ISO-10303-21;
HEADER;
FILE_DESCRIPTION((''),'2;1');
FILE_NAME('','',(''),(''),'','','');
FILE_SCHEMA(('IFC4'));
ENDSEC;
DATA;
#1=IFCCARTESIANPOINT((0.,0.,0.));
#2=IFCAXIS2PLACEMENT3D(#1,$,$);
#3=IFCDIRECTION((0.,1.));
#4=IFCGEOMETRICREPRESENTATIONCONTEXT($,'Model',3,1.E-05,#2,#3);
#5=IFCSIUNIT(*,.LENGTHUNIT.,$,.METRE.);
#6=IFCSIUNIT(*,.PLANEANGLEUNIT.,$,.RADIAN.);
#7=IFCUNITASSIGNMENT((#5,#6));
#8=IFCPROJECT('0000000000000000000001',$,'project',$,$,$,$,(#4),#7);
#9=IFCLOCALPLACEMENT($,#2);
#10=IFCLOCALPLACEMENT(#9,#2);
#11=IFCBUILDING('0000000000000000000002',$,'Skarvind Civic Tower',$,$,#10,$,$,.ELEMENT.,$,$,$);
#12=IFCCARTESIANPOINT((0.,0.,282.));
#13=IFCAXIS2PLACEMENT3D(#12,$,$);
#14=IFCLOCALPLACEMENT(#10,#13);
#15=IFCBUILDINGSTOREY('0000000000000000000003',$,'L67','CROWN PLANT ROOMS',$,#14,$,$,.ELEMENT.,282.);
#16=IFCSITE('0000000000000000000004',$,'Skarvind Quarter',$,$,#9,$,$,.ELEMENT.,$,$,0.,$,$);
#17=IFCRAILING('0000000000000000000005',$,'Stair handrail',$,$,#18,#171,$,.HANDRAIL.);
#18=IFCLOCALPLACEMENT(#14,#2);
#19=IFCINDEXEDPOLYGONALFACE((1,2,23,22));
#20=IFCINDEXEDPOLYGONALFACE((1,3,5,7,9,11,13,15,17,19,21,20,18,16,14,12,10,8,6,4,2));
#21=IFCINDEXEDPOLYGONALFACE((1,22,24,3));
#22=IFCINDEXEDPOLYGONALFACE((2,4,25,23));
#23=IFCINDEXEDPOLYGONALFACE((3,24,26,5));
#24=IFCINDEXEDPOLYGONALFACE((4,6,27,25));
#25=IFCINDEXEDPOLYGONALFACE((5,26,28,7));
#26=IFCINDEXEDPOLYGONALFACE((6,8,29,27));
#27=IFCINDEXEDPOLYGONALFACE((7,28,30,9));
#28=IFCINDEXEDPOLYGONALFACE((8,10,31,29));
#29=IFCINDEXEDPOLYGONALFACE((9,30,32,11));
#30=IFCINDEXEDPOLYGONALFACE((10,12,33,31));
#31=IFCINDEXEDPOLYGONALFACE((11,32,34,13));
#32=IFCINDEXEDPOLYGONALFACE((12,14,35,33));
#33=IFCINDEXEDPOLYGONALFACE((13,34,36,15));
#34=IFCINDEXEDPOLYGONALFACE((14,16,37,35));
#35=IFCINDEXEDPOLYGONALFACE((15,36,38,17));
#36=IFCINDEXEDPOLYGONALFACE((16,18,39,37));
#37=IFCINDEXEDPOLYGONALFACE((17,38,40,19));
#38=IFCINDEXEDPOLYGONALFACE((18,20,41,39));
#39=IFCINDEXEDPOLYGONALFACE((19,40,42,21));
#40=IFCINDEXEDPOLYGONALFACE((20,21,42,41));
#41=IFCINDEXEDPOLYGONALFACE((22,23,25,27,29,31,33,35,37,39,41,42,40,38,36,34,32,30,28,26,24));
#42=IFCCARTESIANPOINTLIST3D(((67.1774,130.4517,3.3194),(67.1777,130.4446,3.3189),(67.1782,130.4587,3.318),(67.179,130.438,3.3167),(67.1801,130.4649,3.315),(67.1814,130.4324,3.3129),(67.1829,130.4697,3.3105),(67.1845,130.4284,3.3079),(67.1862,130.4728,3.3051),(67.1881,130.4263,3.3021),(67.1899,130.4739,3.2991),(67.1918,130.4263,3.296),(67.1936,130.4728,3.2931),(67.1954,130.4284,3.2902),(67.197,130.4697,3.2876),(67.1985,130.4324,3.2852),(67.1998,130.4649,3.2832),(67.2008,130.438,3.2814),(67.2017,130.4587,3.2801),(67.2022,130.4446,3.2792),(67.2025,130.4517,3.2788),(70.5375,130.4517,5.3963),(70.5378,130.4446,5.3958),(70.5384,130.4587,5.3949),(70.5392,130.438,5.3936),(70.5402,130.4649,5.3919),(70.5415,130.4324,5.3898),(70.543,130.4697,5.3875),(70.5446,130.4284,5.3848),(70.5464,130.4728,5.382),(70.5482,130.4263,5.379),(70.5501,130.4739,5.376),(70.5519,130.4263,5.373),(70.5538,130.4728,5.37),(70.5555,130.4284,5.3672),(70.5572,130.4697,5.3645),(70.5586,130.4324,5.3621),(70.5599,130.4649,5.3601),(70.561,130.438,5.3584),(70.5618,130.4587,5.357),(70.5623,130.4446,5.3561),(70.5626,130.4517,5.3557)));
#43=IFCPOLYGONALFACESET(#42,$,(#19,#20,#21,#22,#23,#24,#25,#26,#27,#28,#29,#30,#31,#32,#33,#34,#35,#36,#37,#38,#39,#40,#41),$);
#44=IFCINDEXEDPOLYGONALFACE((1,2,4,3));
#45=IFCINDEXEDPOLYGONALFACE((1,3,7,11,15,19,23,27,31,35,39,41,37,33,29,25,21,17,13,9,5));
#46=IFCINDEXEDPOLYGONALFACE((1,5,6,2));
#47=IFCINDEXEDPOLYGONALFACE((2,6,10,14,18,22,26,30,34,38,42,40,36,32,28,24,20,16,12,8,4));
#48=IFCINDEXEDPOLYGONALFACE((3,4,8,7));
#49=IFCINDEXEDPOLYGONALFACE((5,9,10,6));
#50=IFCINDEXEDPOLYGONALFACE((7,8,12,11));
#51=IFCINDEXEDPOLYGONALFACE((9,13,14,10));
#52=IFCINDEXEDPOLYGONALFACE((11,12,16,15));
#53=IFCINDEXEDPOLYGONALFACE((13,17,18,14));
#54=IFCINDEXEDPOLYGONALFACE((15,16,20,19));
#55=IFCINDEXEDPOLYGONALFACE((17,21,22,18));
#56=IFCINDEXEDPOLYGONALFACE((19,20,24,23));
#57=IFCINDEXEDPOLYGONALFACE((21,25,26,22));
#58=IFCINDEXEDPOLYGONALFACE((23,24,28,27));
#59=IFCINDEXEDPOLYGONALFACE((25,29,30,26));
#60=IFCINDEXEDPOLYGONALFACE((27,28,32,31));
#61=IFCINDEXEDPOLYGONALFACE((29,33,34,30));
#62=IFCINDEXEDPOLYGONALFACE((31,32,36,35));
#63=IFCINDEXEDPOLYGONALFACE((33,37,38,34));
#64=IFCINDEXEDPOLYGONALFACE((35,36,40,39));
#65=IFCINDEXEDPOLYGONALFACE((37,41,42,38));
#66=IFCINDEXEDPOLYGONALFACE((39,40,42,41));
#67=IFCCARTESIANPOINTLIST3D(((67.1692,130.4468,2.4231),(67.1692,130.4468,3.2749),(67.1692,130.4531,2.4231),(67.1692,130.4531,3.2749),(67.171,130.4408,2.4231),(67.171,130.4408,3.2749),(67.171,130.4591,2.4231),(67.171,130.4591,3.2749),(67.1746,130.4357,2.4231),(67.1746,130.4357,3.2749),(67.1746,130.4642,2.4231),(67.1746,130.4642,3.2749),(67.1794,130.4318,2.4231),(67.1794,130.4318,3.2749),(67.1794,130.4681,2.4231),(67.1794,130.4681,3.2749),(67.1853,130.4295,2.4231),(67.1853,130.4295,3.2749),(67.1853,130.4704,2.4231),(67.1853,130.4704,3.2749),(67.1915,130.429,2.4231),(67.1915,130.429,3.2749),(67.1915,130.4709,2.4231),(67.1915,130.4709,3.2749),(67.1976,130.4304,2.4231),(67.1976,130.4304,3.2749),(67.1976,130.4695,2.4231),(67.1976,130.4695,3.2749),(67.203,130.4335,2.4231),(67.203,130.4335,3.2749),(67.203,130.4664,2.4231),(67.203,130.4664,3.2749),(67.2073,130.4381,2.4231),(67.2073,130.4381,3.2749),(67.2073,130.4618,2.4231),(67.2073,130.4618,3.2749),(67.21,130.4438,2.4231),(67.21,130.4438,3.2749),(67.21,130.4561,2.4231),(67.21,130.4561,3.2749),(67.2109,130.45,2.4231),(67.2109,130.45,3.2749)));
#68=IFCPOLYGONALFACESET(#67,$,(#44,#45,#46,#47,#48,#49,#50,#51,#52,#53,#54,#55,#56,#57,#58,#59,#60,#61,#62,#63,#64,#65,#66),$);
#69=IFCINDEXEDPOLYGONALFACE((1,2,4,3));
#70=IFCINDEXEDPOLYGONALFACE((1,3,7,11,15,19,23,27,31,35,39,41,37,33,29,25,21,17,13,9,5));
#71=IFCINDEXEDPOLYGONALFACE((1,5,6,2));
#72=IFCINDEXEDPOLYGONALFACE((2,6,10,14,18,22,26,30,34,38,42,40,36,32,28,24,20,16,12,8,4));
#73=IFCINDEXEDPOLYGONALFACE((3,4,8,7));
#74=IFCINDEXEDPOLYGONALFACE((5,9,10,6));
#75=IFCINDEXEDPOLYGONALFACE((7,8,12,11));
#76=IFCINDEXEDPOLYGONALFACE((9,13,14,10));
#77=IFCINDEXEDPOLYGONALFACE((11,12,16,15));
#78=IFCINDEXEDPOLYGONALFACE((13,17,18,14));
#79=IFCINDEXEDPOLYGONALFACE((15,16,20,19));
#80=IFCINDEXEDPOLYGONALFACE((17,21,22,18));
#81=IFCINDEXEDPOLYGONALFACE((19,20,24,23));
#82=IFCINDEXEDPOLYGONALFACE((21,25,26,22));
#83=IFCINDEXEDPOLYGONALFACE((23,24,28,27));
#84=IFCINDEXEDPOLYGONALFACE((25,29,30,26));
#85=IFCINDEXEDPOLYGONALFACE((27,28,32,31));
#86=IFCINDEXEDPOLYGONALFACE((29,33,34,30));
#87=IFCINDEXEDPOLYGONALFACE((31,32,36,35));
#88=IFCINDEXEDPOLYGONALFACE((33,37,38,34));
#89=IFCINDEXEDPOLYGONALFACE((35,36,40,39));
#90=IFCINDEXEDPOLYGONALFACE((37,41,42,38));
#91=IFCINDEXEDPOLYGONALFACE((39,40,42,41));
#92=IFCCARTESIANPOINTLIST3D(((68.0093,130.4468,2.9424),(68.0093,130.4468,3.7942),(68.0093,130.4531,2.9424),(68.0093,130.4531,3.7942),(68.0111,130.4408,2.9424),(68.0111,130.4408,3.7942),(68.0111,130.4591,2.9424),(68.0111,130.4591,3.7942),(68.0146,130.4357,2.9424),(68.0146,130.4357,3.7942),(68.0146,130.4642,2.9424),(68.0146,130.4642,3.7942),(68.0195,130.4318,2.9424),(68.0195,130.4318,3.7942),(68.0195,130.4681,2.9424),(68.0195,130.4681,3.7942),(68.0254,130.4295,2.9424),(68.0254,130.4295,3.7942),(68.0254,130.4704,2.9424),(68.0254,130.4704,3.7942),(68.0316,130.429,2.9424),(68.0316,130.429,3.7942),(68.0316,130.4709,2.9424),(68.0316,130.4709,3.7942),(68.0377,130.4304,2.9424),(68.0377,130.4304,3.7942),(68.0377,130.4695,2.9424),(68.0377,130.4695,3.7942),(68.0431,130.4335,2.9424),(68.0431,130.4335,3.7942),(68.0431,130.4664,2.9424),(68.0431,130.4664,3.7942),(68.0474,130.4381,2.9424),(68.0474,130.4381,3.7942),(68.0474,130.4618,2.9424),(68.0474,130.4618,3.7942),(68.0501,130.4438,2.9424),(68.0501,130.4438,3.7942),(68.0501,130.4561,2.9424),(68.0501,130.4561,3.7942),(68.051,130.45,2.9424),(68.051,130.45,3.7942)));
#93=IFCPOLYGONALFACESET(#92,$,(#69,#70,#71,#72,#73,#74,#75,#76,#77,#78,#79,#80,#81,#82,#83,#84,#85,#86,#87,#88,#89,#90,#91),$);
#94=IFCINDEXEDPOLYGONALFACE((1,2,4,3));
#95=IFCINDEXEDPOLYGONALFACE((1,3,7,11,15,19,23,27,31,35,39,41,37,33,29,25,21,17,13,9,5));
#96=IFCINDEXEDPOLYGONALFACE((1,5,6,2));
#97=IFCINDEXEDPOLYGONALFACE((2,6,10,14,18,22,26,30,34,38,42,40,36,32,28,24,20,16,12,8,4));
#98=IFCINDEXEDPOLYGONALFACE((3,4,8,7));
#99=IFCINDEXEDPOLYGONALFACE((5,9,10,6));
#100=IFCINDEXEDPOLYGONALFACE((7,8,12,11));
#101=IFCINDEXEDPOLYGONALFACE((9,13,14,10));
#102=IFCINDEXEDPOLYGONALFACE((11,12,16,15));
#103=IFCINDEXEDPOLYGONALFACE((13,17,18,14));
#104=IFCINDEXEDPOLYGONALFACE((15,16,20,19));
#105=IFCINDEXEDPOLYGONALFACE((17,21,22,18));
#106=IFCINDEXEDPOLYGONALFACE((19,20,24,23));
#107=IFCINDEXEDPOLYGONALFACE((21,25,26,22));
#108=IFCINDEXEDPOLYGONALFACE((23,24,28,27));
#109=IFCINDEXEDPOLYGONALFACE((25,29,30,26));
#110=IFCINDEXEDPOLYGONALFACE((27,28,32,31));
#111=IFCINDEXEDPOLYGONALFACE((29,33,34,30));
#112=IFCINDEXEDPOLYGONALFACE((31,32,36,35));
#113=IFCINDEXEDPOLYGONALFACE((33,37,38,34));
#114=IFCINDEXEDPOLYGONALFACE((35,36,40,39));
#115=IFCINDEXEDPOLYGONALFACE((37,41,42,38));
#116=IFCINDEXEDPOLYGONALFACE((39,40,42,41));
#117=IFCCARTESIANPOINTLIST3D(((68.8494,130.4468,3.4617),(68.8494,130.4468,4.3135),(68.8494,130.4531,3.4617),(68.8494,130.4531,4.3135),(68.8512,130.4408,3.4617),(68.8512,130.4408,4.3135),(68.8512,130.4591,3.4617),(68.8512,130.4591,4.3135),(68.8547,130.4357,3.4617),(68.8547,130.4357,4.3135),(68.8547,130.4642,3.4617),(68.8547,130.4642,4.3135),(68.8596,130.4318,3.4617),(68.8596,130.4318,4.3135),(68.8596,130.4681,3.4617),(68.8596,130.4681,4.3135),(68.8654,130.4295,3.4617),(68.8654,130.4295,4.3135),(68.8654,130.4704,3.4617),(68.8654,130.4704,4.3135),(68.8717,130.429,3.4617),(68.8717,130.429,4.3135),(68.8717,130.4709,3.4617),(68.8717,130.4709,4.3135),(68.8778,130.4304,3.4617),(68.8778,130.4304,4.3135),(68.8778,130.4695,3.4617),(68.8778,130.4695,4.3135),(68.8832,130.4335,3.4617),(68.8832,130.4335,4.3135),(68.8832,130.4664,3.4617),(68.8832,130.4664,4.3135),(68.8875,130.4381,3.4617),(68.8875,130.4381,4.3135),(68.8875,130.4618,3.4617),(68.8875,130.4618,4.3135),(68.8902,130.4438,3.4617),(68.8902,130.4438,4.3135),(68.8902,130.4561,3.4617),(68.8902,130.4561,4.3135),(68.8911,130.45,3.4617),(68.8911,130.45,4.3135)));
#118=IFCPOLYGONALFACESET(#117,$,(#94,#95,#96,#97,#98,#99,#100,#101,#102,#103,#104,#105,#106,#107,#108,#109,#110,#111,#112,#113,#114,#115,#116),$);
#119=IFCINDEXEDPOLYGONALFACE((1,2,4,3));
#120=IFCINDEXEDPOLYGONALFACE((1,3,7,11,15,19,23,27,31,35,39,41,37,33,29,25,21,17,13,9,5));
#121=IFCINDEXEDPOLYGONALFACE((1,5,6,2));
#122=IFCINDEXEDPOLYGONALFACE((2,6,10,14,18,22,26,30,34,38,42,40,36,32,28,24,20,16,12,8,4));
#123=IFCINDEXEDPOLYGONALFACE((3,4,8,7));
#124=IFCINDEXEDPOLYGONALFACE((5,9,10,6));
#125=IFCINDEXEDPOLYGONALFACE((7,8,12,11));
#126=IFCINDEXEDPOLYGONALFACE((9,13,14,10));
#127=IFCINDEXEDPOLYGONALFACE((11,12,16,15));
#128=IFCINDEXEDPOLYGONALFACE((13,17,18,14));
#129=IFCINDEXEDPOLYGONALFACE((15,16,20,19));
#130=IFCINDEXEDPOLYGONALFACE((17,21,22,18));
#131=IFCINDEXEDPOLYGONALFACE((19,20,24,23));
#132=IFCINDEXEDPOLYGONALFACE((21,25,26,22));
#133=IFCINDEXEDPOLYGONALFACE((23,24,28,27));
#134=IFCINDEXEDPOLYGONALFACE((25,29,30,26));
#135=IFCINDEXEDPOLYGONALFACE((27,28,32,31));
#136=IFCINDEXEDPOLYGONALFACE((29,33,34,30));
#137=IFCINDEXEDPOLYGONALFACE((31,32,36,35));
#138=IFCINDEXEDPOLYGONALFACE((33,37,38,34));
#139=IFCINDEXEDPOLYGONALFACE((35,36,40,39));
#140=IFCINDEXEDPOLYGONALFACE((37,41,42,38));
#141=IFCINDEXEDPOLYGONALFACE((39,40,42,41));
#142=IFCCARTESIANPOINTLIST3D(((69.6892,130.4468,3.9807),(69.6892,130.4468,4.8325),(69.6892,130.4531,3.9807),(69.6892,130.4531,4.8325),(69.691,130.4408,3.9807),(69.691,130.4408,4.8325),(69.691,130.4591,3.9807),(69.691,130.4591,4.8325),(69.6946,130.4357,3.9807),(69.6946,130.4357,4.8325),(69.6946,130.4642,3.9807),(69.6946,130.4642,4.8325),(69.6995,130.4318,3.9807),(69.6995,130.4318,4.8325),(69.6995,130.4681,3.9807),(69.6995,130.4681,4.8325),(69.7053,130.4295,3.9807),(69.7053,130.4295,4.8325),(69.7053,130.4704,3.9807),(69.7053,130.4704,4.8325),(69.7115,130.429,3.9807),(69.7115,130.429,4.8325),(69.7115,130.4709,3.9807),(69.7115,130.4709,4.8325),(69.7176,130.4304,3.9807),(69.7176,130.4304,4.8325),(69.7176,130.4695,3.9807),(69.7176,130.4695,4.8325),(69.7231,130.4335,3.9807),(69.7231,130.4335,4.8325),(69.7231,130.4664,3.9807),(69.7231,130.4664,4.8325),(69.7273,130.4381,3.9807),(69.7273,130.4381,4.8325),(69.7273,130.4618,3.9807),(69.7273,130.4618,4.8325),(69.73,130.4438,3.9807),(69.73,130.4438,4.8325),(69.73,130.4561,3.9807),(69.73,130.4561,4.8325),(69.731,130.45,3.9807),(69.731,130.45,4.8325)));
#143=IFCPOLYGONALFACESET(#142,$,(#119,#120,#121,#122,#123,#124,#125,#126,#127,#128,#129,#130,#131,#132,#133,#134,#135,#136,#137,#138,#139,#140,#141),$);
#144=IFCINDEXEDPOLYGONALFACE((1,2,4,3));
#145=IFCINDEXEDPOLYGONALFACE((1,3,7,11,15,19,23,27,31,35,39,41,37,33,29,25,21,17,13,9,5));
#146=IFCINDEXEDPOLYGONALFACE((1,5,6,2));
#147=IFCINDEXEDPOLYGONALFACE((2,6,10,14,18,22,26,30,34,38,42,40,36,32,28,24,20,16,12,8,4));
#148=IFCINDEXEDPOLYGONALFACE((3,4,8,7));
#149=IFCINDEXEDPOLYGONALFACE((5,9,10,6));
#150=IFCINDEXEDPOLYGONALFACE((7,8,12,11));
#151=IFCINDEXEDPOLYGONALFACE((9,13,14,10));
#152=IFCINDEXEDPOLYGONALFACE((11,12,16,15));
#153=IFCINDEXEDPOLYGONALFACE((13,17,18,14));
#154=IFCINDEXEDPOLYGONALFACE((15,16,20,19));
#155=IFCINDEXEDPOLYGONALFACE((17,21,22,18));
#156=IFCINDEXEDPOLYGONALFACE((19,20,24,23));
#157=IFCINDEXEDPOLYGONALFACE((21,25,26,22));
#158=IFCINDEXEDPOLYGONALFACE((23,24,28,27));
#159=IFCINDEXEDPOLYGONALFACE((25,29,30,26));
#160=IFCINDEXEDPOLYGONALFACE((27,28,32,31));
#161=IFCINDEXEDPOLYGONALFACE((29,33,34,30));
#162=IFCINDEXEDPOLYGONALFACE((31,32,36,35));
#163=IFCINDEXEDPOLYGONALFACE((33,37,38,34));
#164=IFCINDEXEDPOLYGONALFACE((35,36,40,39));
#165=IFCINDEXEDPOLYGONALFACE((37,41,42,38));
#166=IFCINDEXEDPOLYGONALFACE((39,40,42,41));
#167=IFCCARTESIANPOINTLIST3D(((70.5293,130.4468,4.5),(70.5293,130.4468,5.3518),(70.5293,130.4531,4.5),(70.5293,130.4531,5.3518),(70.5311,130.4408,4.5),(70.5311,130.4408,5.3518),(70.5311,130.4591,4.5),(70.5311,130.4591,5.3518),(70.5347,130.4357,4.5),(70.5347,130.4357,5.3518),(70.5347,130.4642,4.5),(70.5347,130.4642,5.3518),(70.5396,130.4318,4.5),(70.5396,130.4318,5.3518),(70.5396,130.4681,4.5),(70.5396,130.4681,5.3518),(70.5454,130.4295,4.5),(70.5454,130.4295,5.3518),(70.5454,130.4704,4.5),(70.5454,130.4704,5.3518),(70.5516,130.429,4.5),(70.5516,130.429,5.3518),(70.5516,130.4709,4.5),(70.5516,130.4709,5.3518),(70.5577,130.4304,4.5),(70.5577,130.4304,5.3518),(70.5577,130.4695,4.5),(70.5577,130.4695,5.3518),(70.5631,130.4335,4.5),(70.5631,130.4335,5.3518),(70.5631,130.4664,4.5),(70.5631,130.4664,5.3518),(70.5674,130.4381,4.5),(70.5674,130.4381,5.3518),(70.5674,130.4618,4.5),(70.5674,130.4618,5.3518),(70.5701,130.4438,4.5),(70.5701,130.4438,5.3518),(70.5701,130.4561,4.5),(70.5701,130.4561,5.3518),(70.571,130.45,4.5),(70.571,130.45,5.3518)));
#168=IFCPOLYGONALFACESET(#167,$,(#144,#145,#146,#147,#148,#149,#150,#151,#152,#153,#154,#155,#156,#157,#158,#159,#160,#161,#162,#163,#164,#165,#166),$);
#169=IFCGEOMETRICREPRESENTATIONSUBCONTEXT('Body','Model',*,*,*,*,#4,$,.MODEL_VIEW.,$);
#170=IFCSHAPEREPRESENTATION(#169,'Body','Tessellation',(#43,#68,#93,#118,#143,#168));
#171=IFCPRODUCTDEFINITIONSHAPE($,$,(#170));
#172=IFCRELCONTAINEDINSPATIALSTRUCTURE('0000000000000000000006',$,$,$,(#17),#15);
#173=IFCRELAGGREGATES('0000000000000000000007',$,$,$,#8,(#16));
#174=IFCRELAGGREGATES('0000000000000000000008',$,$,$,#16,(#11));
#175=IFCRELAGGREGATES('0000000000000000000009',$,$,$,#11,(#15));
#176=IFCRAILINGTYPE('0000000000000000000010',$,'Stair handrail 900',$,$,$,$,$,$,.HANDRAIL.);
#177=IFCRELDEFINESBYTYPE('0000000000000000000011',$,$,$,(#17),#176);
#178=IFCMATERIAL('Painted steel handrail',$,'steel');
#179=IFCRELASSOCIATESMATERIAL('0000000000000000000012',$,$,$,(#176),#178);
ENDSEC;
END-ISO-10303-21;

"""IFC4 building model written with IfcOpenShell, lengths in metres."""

from ifc_helpers import new_model, si_unit, direction, frame, origin, origin_2d, place, context, subcontext, project, spatial, circle, extrude, material, type_object, element, save


model = new_model("IFC4")

# Units and contexts
model_context = context("Model", 3, precision=1e-05, world=origin(), true_north=direction((0.0, 1.0)))
body_context = subcontext(model_context, "Body", "Model", "MODEL_VIEW")
ifc_project = project(units=[si_unit("LENGTHUNIT", "METRE"), si_unit("PLANEANGLEUNIT", "RADIAN")], contexts=[model_context])

# Site, building, storey
site_placement = place(None, origin())
site = spatial("IfcSite", under=ifc_project, at=site_placement, Name="Skarvind Quarter", CompositionType="ELEMENT", RefElevation=0.0)
building_placement = place(site_placement, origin())
building = spatial("IfcBuilding", under=site, at=building_placement, Name="Skarvind Civic Tower", CompositionType="ELEMENT")
storey_placement = place(building_placement, frame((0.0, 0.0, 282.0)))
storey = spatial("IfcBuildingStorey", under=building, at=storey_placement, Name="L67", Description="CROWN PLANT ROOMS", CompositionType="ELEMENT", Elevation=282.0)

# Railing
ifc_material_1 = material(Name="Painted steel handrail", Category="steel")
railing_type = type_object("IfcRailingType", Name="Stair handrail 900", PredefinedType="HANDRAIL", material=ifc_material_1)
railing_1_placement = place(storey_placement, frame((67.1899, 130.45, 2.4231)))
element("IfcRailing", 1, at=railing_1_placement, inside=storey, type_object=railing_type, Name="Stair handrail", PredefinedType="HANDRAIL", context=body_context, shape_type="SweptSolid", body=[
    extrude(circle(Radius=0.0239, at=origin_2d()), frame((0.0, 0.0, 0.876), z_axis=(0.850623, 0.0, 0.525776), x_axis=(0.0, 1.0, 0.0)), (0.0, 0.0, 1.0), 3.9502),
    extrude(circle(Radius=0.021, at=origin_2d()), origin(), (0.0, 0.0, 1.0), 0.8518),
    extrude(circle(Radius=0.021, at=origin_2d()), frame((0.8401, 0.0, 0.5193)), (0.0, 0.0, 1.0), 0.8518),
    extrude(circle(Radius=0.021, at=origin_2d()), frame((1.6802, 0.0, 1.0386)), (0.0, 0.0, 1.0), 0.8518),
    extrude(circle(Radius=0.021, at=origin_2d()), frame((2.52, 0.0, 1.5576)), (0.0, 0.0, 1.0), 0.8518),
    extrude(circle(Radius=0.021, at=origin_2d()), frame((3.3601, 0.0, 2.0769)), (0.0, 0.0, 1.0), 0.8518),
])

save(model, "model.ifc")
